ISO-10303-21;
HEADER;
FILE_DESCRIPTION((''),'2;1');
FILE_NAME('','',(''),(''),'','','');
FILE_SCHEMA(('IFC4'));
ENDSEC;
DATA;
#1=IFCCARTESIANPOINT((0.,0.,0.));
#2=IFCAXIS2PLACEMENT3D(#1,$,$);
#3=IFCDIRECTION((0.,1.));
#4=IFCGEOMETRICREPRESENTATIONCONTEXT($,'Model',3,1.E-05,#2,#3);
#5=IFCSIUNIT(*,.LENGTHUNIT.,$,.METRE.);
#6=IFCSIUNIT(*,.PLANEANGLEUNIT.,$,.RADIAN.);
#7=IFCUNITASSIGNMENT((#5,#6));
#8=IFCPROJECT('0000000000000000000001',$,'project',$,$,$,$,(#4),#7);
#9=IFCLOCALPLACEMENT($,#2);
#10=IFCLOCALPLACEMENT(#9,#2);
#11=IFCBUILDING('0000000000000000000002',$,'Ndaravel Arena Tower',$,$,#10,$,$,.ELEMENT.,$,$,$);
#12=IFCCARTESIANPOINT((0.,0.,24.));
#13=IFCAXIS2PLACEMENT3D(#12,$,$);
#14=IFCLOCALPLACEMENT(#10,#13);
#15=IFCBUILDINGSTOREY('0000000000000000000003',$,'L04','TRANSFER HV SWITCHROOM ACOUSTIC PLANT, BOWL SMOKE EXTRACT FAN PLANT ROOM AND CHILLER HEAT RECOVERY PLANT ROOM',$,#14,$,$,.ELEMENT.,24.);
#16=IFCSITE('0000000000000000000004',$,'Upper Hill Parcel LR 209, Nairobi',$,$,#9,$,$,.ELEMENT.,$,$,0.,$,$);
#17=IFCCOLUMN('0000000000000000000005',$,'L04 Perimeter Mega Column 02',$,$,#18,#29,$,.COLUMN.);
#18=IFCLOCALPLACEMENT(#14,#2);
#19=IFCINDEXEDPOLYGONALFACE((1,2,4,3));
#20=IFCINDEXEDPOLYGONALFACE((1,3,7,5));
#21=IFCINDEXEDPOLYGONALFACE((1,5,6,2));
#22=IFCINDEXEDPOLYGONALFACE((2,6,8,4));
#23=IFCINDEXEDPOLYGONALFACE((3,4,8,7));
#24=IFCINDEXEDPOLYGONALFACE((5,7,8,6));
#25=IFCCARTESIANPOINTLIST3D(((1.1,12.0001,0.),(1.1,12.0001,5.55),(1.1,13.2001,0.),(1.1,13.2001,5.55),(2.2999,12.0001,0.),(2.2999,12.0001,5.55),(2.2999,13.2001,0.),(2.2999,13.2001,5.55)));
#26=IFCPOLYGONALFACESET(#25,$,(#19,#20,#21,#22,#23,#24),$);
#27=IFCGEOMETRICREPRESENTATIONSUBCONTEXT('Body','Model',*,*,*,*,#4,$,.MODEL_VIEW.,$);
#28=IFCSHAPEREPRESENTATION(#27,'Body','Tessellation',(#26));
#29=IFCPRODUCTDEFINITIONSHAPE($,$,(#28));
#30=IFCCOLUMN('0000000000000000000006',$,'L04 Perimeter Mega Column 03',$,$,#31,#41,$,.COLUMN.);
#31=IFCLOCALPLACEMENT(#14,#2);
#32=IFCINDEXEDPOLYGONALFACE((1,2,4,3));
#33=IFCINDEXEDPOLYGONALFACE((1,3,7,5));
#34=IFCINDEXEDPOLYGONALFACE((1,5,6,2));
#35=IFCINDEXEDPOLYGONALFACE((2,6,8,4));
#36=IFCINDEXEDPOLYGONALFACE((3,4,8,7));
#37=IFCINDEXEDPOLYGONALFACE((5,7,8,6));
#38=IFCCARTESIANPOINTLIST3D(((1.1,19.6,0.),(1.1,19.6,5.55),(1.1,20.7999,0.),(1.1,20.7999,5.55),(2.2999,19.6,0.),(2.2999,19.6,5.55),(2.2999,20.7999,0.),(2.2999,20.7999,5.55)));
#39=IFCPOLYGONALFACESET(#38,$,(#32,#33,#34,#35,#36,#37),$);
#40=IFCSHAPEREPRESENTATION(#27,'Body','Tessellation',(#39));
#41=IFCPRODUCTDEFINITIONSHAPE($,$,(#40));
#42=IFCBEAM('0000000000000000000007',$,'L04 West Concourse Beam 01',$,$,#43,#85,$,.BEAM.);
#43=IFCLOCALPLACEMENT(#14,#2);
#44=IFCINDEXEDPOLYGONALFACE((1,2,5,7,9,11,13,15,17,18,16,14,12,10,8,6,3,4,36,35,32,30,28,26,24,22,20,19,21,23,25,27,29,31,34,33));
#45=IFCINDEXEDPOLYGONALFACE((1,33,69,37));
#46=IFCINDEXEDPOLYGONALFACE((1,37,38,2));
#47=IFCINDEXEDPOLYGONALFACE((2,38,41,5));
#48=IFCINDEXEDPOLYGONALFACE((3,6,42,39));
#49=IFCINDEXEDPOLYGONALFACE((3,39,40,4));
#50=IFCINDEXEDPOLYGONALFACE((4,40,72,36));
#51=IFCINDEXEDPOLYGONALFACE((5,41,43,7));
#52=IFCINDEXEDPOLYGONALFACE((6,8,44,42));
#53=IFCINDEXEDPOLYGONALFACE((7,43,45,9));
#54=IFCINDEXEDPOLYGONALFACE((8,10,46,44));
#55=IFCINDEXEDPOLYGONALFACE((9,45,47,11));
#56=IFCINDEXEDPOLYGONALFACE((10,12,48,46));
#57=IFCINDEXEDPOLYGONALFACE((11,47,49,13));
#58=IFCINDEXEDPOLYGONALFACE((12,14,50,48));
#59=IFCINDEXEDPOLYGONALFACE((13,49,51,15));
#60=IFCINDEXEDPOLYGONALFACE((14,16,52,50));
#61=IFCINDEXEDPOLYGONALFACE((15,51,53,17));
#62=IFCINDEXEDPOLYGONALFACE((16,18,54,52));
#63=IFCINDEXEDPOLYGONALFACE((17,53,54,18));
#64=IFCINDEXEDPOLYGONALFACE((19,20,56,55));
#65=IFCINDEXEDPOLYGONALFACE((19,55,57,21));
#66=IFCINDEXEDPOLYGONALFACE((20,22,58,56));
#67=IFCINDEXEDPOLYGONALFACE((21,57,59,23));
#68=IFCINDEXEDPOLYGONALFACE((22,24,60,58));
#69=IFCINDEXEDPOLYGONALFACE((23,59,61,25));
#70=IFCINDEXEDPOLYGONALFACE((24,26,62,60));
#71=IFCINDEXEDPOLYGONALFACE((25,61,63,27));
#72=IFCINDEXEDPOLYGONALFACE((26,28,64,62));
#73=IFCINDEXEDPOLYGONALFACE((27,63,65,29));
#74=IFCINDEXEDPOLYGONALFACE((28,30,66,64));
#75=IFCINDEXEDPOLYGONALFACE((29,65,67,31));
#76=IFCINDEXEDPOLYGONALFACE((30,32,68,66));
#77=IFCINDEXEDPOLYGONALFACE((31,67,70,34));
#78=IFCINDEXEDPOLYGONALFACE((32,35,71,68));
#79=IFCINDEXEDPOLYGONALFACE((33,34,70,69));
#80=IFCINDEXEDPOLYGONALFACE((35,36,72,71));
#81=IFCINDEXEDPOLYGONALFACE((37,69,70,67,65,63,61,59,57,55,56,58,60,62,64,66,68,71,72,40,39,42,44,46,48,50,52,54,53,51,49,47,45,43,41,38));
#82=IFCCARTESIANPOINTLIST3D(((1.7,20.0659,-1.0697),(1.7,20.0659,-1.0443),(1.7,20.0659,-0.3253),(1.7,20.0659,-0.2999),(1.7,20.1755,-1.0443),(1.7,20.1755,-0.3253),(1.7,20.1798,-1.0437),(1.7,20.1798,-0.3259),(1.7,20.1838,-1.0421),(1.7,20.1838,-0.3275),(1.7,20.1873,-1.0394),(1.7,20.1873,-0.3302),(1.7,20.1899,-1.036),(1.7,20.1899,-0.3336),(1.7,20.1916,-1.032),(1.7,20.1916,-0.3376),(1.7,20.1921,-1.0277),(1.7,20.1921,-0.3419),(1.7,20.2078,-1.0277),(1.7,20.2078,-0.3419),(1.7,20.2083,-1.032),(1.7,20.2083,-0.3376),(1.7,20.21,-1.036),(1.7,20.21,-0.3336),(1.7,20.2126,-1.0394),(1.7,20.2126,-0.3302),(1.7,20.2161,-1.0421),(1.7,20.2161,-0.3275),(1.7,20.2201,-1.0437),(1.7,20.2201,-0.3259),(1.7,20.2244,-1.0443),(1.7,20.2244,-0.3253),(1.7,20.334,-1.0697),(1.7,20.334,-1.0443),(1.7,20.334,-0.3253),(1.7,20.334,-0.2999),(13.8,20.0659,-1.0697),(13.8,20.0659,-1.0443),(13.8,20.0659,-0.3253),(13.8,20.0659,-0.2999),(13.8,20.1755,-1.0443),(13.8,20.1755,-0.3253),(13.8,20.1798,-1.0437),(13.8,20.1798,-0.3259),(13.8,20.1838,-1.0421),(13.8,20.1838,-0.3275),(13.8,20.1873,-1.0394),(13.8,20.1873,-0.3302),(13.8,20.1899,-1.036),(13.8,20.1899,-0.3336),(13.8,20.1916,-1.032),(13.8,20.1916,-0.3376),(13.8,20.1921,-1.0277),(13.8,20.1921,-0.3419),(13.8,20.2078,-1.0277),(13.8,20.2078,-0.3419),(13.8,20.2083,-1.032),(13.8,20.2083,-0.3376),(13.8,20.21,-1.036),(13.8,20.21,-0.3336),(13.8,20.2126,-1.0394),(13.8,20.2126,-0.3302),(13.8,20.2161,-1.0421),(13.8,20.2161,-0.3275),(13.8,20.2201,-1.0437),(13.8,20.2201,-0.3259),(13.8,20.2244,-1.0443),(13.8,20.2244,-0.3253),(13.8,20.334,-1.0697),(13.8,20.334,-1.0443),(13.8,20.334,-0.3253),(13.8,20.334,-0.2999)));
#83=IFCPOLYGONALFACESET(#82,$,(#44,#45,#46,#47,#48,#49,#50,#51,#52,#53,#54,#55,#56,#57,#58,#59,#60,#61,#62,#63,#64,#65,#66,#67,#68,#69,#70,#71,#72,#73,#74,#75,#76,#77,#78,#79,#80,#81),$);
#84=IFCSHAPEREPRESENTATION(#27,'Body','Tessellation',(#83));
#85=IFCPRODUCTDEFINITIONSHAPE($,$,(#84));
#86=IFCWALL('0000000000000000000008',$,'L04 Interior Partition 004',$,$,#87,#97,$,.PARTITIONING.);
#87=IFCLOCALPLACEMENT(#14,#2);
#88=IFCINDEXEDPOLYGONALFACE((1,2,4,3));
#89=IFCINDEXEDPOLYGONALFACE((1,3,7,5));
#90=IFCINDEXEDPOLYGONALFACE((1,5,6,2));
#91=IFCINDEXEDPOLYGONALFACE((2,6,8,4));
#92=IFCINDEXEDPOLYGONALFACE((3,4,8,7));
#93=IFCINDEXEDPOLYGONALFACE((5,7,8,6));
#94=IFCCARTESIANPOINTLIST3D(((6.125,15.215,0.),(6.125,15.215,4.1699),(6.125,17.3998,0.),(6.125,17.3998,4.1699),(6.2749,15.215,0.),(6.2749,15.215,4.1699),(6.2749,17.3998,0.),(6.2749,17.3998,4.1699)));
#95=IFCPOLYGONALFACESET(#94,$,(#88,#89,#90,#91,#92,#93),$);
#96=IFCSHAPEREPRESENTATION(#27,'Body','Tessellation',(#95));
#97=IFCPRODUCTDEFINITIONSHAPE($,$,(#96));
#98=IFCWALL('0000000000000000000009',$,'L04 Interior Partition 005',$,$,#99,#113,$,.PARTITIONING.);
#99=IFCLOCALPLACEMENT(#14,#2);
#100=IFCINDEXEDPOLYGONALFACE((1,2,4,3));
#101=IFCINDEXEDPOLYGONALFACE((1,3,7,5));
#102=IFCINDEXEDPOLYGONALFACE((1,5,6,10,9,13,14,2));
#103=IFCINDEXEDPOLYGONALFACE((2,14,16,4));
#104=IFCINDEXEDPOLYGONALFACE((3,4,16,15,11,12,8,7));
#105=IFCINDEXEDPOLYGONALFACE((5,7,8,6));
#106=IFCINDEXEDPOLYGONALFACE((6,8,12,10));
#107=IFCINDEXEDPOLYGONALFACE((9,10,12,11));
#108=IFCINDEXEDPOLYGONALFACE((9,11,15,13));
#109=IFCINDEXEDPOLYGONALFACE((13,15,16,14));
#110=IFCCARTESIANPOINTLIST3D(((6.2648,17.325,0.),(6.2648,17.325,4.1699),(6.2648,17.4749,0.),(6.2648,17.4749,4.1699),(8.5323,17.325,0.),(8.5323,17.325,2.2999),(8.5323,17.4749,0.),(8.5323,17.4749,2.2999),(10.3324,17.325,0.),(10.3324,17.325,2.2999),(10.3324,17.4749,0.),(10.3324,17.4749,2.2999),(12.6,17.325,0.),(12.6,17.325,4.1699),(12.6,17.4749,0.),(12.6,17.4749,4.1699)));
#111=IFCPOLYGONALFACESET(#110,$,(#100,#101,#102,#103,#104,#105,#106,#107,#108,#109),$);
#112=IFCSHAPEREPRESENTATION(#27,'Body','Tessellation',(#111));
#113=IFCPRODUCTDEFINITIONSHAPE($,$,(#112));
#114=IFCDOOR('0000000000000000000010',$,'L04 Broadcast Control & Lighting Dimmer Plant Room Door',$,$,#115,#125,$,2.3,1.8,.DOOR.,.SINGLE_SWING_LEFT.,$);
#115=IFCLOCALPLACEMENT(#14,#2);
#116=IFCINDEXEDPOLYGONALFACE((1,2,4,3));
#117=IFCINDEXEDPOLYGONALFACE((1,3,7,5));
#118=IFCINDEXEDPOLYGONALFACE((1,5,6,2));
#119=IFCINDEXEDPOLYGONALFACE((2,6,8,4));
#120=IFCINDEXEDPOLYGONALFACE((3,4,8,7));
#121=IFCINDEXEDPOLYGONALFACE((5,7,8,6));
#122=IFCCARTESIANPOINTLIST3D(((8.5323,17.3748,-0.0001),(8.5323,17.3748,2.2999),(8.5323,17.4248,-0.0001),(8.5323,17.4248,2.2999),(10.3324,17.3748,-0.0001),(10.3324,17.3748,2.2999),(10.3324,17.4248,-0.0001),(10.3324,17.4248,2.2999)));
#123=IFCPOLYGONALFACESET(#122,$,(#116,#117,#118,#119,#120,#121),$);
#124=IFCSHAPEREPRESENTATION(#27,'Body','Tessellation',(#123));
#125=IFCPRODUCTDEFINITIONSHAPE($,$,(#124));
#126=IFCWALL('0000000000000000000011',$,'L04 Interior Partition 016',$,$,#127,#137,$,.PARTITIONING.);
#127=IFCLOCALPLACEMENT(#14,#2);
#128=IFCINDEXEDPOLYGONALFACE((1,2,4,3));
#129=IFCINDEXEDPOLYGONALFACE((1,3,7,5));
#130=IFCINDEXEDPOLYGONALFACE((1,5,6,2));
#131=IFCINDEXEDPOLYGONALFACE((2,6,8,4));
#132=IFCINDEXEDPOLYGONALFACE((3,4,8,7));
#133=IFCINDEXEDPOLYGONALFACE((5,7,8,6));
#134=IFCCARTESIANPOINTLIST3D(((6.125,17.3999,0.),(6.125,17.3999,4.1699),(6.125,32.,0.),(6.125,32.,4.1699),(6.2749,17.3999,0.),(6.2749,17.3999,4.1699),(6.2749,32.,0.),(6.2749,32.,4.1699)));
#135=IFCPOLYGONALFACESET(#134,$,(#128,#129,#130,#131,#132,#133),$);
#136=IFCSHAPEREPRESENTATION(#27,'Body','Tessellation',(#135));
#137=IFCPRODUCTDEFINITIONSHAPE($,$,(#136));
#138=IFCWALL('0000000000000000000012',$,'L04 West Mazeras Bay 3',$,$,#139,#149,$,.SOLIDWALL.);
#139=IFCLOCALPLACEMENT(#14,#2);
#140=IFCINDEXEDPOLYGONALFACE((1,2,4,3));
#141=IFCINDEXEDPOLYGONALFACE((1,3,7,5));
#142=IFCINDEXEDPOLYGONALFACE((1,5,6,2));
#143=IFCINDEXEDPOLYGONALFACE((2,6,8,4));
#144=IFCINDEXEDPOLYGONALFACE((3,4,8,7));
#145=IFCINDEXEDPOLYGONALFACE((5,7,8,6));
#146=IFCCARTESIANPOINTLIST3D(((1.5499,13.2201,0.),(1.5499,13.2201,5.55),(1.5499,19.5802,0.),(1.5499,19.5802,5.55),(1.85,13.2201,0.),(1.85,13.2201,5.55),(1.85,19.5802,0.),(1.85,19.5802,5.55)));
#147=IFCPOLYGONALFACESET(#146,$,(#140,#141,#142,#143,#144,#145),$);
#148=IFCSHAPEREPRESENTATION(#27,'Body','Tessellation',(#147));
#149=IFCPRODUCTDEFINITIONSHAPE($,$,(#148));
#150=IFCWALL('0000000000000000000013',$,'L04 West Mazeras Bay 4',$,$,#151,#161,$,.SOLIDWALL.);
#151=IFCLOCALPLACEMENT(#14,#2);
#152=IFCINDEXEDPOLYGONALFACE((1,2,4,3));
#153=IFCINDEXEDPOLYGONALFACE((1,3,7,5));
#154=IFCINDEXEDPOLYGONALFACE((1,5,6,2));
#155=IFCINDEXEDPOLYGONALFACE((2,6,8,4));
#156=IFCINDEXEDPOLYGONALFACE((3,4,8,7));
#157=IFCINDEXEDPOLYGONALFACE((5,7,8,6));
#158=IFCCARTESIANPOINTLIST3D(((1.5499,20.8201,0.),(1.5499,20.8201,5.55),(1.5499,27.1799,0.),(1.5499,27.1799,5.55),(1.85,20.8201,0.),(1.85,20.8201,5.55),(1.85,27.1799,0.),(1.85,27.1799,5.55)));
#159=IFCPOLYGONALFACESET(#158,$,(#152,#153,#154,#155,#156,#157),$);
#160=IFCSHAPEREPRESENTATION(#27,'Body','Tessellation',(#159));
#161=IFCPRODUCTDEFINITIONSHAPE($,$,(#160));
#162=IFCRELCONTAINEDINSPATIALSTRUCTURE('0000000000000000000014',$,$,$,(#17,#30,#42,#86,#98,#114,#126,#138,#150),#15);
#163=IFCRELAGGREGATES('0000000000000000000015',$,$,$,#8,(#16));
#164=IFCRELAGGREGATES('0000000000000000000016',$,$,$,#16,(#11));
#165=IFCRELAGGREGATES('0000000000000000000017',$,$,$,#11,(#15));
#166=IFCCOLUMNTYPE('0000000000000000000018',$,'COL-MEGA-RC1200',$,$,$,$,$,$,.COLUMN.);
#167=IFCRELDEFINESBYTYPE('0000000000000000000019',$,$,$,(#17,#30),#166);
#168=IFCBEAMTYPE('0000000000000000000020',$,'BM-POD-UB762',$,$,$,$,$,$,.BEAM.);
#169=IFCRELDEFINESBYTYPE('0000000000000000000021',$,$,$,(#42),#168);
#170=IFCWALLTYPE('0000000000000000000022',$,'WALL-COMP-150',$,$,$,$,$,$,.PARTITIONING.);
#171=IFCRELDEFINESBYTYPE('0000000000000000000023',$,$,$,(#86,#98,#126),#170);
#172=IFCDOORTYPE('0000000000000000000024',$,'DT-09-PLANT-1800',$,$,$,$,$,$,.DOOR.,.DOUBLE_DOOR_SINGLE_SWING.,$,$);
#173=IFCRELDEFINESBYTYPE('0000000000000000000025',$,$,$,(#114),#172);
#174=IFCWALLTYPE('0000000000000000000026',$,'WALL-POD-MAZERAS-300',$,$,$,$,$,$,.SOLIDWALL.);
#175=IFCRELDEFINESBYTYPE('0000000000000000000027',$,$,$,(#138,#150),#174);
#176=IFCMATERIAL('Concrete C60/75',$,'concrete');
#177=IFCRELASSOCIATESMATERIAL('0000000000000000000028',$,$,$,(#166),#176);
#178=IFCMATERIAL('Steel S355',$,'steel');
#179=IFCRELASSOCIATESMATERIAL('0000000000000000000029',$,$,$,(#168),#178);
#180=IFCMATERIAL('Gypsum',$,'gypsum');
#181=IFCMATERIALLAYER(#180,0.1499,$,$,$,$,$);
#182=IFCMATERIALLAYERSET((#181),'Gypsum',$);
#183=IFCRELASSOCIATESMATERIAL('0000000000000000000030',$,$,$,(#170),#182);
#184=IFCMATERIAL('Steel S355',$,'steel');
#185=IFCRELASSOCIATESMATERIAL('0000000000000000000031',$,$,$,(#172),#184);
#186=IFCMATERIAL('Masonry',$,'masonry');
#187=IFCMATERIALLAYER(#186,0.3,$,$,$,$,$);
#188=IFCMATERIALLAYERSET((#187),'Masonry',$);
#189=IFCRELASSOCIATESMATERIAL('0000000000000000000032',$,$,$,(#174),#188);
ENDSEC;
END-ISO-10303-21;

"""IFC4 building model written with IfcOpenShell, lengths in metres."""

from ifc_helpers import new_model, si_unit, direction, frame, frame_2d, origin, origin_2d, place, context, subcontext, project, spatial, rectangle, i_section, extrude, material, layer, layer_set, material_profile, profile_set, type_object, element, fill, save


model = new_model("IFC4")

# Units and contexts
model_context = context("Model", 3, precision=1e-05, world=origin(), true_north=direction((0.0, 1.0)))
body_context = subcontext(model_context, "Body", "Model", "MODEL_VIEW")
ifc_project = project(units=[si_unit("LENGTHUNIT", "METRE"), si_unit("PLANEANGLEUNIT", "RADIAN")], contexts=[model_context])

# Site, building, storey
site_placement = place(None, origin())
site = spatial("IfcSite", under=ifc_project, at=site_placement, Name="Upper Hill Parcel LR 209, Nairobi", CompositionType="ELEMENT", RefElevation=0.0)
building_placement = place(site_placement, origin())
building = spatial("IfcBuilding", under=site, at=building_placement, Name="Ndaravel Arena Tower", CompositionType="ELEMENT")
storey_placement = place(building_placement, frame((0.0, 0.0, 24.0)))
storey = spatial("IfcBuildingStorey", under=building, at=storey_placement, Name="L04", Description="TRANSFER HV SWITCHROOM ACOUSTIC PLANT, BOWL SMOKE EXTRACT FAN PLANT ROOM AND CHILLER HEAT RECOVERY PLANT ROOM", CompositionType="ELEMENT", Elevation=24.0)

# Columns
ifc_material_1 = material(Name="Concrete C60/75", Category="concrete")
ifc_material_profile_1 = material_profile(ifc_material_1, rectangle(XDim=1.2, YDim=1.2, at=origin_2d()), Name="RC 1200x1200")
ifc_profile_set_1 = profile_set([ifc_material_profile_1], Name="Concrete C60/75")
column_type = type_object("IfcColumnType", Name="COL-MEGA-RC1200", PredefinedType="COLUMN", material=ifc_profile_set_1)
for number, where, z_axis, x_axis, name in (
    (1, (1.7, 12.6001, 0.0), (0.0, 0.0, 1.0), (1.0, 0.0, 0.0), "L04 Perimeter Mega Column 02"),
    (2, (1.7, 20.2, 0.0), (0.0, 0.0, 1.0), (1.0, 0.0, 0.0), "L04 Perimeter Mega Column 03"),
):
    element("IfcColumn", number, at=place(storey_placement, frame(where, z_axis=z_axis, x_axis=x_axis)), inside=storey, type_object=column_type, Name=name, PredefinedType="COLUMN", context=body_context, shape_type="SweptSolid", body=[
        extrude(rectangle(XDim=1.2, YDim=1.2, at=origin_2d()), origin(), (0.0, 0.0, 1.0), 5.55),
    ])

# Beam
ifc_material_2 = material(Name="Steel S355", Category="steel")
ifc_material_profile_2 = material_profile(ifc_material_2, i_section(OverallWidth=0.2681, OverallDepth=0.7698, WebThickness=0.0156, FlangeThickness=0.0254, FilletRadius=0.0166, at=origin_2d()), Name="UB 762x267x197")
ifc_profile_set_2 = profile_set([ifc_material_profile_2], Name="Steel S355")
beam_type = type_object("IfcBeamType", Name="BM-POD-UB762", PredefinedType="BEAM", material=ifc_profile_set_2)
beam_placement = place(storey_placement, frame((1.7, 20.2, -0.6848), z_axis=(1.0, 0.0, 0.0), x_axis=(0.0, 1.0, 0.0)))
element("IfcBeam", 3, at=beam_placement, inside=storey, type_object=beam_type, Name="L04 West Concourse Beam 01", PredefinedType="BEAM", context=body_context, shape_type="SweptSolid", body=[
    extrude(i_section(OverallWidth=0.2681, OverallDepth=0.7698, WebThickness=0.0156, FlangeThickness=0.0254, FilletRadius=0.0166, at=origin_2d()), origin(), (0.0, 0.0, 1.0), 12.1001),
])

# Wall
ifc_material_3 = material(Name="Gypsum", Category="gypsum")
ifc_layer_1 = layer(ifc_material_3, 0.1499)
ifc_layer_set_1 = layer_set([ifc_layer_1], Name="Gypsum")
wall_type_1 = type_object("IfcWallType", Name="WALL-COMP-150", PredefinedType="PARTITIONING", material=ifc_layer_set_1)
wall_1_placement = place(storey_placement, frame((6.2, 15.2151, 0.0), z_axis=(0.0, 0.0, 1.0), x_axis=(0.0, 1.0, 0.0)))
element("IfcWall", 4, at=wall_1_placement, inside=storey, type_object=wall_type_1, Name="L04 Interior Partition 004", PredefinedType="PARTITIONING", context=body_context, shape_type="SweptSolid", body=[
    extrude(rectangle(XDim=2.1848, YDim=0.1499, at=frame_2d((1.0923, 0.0))), origin(), (0.0, 0.0, 1.0), 4.1699),
])

# Wall, opening, door
wall_2_placement = place(storey_placement, frame((6.2649, 17.3999, 0.0), z_axis=(0.0, 0.0, 1.0), x_axis=(1.0, 0.0, 0.0)))
wall_2 = element("IfcWall", 5, at=wall_2_placement, inside=storey, type_object=wall_type_1, Name="L04 Interior Partition 005", PredefinedType="PARTITIONING", context=body_context, shape_type="SweptSolid", body=[
    extrude(rectangle(XDim=6.3352, YDim=0.1499, at=frame_2d((3.1675, 0.0))), origin(), (0.0, 0.0, 1.0), 4.1699),
])
opening_1_placement = place(wall_2_placement, frame((2.2676, 0.0, 0.0)))
opening_1 = element("IfcOpeningElement", 6, at=opening_1_placement, cuts=wall_2, PredefinedType="OPENING", context=body_context, shape_type="SweptSolid", body=[
    extrude(rectangle(XDim=1.8, YDim=2.3, at=frame_2d((0.8999, 1.1499))), frame((0.0, 0.075, 0.0), z_axis=(0.0, -1.0, 0.0), x_axis=(1.0, 0.0, 0.0)), (0.0, 0.0, 1.0), 0.1499),
])
ifc_material_4 = material(Name="Steel S355", Category="steel")
door_type_1 = type_object("IfcDoorType", Name="DT-09-PLANT-1800", OperationType="DOUBLE_DOOR_SINGLE_SWING", PredefinedType="DOOR", material=ifc_material_4)
door_1_placement = place(opening_1_placement, origin())
door_1 = element("IfcDoor", 7, at=door_1_placement, inside=storey, type_object=door_type_1, Name="L04 Broadcast Control & Lighting Dimmer Plant Room Door", OperationType="SINGLE_SWING_LEFT", OverallHeight=2.3, OverallWidth=1.8, PredefinedType="DOOR", context=body_context, shape_type="SweptSolid", body=[
    extrude(rectangle(XDim=1.8, YDim=2.3, at=frame_2d((0.8999, 1.1499))), frame((0.0, 0.0249, 0.0), z_axis=(0.0, -1.0, 0.0), x_axis=(1.0, 0.0, 0.0)), (0.0, 0.0, 1.0), 0.05),
])
fill(opening_1, door_1)

# Walls
wall_3_placement = place(storey_placement, frame((6.2, 17.3999, 0.0), z_axis=(0.0, 0.0, 1.0), x_axis=(0.0, 1.0, 0.0)))
element("IfcWall", 8, at=wall_3_placement, inside=storey, type_object=wall_type_1, Name="L04 Interior Partition 016", PredefinedType="PARTITIONING", context=body_context, shape_type="SweptSolid", body=[
    extrude(rectangle(XDim=14.6001, YDim=0.1499, at=frame_2d((7.3, 0.0))), origin(), (0.0, 0.0, 1.0), 4.1699),
])
ifc_material_5 = material(Name="Masonry", Category="masonry")
ifc_layer_2 = layer(ifc_material_5, 0.3)
ifc_layer_set_2 = layer_set([ifc_layer_2], Name="Masonry")
wall_type_2 = type_object("IfcWallType", Name="WALL-POD-MAZERAS-300", PredefinedType="SOLIDWALL", material=ifc_layer_set_2)
wall_4_placement = place(storey_placement, frame((1.7, 13.22, 0.0), z_axis=(0.0, 0.0, 1.0), x_axis=(0.0, 1.0, 0.0)))
element("IfcWall", 9, at=wall_4_placement, inside=storey, type_object=wall_type_2, Name="L04 West Mazeras Bay 3", PredefinedType="SOLIDWALL", context=body_context, shape_type="SweptSolid", body=[
    extrude(rectangle(XDim=6.3601, YDim=0.3, at=frame_2d((3.1802, 0.0))), origin(), (0.0, 0.0, 1.0), 5.55),
])
wall_5_placement = place(storey_placement, frame((1.7, 20.8201, 0.0), z_axis=(0.0, 0.0, 1.0), x_axis=(0.0, 1.0, 0.0)))
element("IfcWall", 10, at=wall_5_placement, inside=storey, type_object=wall_type_2, Name="L04 West Mazeras Bay 4", PredefinedType="SOLIDWALL", context=body_context, shape_type="SweptSolid", body=[
    extrude(rectangle(XDim=6.3599, YDim=0.3, at=frame_2d((3.1799, 0.0))), origin(), (0.0, 0.0, 1.0), 5.55),
])

save(model, "model.ifc")
